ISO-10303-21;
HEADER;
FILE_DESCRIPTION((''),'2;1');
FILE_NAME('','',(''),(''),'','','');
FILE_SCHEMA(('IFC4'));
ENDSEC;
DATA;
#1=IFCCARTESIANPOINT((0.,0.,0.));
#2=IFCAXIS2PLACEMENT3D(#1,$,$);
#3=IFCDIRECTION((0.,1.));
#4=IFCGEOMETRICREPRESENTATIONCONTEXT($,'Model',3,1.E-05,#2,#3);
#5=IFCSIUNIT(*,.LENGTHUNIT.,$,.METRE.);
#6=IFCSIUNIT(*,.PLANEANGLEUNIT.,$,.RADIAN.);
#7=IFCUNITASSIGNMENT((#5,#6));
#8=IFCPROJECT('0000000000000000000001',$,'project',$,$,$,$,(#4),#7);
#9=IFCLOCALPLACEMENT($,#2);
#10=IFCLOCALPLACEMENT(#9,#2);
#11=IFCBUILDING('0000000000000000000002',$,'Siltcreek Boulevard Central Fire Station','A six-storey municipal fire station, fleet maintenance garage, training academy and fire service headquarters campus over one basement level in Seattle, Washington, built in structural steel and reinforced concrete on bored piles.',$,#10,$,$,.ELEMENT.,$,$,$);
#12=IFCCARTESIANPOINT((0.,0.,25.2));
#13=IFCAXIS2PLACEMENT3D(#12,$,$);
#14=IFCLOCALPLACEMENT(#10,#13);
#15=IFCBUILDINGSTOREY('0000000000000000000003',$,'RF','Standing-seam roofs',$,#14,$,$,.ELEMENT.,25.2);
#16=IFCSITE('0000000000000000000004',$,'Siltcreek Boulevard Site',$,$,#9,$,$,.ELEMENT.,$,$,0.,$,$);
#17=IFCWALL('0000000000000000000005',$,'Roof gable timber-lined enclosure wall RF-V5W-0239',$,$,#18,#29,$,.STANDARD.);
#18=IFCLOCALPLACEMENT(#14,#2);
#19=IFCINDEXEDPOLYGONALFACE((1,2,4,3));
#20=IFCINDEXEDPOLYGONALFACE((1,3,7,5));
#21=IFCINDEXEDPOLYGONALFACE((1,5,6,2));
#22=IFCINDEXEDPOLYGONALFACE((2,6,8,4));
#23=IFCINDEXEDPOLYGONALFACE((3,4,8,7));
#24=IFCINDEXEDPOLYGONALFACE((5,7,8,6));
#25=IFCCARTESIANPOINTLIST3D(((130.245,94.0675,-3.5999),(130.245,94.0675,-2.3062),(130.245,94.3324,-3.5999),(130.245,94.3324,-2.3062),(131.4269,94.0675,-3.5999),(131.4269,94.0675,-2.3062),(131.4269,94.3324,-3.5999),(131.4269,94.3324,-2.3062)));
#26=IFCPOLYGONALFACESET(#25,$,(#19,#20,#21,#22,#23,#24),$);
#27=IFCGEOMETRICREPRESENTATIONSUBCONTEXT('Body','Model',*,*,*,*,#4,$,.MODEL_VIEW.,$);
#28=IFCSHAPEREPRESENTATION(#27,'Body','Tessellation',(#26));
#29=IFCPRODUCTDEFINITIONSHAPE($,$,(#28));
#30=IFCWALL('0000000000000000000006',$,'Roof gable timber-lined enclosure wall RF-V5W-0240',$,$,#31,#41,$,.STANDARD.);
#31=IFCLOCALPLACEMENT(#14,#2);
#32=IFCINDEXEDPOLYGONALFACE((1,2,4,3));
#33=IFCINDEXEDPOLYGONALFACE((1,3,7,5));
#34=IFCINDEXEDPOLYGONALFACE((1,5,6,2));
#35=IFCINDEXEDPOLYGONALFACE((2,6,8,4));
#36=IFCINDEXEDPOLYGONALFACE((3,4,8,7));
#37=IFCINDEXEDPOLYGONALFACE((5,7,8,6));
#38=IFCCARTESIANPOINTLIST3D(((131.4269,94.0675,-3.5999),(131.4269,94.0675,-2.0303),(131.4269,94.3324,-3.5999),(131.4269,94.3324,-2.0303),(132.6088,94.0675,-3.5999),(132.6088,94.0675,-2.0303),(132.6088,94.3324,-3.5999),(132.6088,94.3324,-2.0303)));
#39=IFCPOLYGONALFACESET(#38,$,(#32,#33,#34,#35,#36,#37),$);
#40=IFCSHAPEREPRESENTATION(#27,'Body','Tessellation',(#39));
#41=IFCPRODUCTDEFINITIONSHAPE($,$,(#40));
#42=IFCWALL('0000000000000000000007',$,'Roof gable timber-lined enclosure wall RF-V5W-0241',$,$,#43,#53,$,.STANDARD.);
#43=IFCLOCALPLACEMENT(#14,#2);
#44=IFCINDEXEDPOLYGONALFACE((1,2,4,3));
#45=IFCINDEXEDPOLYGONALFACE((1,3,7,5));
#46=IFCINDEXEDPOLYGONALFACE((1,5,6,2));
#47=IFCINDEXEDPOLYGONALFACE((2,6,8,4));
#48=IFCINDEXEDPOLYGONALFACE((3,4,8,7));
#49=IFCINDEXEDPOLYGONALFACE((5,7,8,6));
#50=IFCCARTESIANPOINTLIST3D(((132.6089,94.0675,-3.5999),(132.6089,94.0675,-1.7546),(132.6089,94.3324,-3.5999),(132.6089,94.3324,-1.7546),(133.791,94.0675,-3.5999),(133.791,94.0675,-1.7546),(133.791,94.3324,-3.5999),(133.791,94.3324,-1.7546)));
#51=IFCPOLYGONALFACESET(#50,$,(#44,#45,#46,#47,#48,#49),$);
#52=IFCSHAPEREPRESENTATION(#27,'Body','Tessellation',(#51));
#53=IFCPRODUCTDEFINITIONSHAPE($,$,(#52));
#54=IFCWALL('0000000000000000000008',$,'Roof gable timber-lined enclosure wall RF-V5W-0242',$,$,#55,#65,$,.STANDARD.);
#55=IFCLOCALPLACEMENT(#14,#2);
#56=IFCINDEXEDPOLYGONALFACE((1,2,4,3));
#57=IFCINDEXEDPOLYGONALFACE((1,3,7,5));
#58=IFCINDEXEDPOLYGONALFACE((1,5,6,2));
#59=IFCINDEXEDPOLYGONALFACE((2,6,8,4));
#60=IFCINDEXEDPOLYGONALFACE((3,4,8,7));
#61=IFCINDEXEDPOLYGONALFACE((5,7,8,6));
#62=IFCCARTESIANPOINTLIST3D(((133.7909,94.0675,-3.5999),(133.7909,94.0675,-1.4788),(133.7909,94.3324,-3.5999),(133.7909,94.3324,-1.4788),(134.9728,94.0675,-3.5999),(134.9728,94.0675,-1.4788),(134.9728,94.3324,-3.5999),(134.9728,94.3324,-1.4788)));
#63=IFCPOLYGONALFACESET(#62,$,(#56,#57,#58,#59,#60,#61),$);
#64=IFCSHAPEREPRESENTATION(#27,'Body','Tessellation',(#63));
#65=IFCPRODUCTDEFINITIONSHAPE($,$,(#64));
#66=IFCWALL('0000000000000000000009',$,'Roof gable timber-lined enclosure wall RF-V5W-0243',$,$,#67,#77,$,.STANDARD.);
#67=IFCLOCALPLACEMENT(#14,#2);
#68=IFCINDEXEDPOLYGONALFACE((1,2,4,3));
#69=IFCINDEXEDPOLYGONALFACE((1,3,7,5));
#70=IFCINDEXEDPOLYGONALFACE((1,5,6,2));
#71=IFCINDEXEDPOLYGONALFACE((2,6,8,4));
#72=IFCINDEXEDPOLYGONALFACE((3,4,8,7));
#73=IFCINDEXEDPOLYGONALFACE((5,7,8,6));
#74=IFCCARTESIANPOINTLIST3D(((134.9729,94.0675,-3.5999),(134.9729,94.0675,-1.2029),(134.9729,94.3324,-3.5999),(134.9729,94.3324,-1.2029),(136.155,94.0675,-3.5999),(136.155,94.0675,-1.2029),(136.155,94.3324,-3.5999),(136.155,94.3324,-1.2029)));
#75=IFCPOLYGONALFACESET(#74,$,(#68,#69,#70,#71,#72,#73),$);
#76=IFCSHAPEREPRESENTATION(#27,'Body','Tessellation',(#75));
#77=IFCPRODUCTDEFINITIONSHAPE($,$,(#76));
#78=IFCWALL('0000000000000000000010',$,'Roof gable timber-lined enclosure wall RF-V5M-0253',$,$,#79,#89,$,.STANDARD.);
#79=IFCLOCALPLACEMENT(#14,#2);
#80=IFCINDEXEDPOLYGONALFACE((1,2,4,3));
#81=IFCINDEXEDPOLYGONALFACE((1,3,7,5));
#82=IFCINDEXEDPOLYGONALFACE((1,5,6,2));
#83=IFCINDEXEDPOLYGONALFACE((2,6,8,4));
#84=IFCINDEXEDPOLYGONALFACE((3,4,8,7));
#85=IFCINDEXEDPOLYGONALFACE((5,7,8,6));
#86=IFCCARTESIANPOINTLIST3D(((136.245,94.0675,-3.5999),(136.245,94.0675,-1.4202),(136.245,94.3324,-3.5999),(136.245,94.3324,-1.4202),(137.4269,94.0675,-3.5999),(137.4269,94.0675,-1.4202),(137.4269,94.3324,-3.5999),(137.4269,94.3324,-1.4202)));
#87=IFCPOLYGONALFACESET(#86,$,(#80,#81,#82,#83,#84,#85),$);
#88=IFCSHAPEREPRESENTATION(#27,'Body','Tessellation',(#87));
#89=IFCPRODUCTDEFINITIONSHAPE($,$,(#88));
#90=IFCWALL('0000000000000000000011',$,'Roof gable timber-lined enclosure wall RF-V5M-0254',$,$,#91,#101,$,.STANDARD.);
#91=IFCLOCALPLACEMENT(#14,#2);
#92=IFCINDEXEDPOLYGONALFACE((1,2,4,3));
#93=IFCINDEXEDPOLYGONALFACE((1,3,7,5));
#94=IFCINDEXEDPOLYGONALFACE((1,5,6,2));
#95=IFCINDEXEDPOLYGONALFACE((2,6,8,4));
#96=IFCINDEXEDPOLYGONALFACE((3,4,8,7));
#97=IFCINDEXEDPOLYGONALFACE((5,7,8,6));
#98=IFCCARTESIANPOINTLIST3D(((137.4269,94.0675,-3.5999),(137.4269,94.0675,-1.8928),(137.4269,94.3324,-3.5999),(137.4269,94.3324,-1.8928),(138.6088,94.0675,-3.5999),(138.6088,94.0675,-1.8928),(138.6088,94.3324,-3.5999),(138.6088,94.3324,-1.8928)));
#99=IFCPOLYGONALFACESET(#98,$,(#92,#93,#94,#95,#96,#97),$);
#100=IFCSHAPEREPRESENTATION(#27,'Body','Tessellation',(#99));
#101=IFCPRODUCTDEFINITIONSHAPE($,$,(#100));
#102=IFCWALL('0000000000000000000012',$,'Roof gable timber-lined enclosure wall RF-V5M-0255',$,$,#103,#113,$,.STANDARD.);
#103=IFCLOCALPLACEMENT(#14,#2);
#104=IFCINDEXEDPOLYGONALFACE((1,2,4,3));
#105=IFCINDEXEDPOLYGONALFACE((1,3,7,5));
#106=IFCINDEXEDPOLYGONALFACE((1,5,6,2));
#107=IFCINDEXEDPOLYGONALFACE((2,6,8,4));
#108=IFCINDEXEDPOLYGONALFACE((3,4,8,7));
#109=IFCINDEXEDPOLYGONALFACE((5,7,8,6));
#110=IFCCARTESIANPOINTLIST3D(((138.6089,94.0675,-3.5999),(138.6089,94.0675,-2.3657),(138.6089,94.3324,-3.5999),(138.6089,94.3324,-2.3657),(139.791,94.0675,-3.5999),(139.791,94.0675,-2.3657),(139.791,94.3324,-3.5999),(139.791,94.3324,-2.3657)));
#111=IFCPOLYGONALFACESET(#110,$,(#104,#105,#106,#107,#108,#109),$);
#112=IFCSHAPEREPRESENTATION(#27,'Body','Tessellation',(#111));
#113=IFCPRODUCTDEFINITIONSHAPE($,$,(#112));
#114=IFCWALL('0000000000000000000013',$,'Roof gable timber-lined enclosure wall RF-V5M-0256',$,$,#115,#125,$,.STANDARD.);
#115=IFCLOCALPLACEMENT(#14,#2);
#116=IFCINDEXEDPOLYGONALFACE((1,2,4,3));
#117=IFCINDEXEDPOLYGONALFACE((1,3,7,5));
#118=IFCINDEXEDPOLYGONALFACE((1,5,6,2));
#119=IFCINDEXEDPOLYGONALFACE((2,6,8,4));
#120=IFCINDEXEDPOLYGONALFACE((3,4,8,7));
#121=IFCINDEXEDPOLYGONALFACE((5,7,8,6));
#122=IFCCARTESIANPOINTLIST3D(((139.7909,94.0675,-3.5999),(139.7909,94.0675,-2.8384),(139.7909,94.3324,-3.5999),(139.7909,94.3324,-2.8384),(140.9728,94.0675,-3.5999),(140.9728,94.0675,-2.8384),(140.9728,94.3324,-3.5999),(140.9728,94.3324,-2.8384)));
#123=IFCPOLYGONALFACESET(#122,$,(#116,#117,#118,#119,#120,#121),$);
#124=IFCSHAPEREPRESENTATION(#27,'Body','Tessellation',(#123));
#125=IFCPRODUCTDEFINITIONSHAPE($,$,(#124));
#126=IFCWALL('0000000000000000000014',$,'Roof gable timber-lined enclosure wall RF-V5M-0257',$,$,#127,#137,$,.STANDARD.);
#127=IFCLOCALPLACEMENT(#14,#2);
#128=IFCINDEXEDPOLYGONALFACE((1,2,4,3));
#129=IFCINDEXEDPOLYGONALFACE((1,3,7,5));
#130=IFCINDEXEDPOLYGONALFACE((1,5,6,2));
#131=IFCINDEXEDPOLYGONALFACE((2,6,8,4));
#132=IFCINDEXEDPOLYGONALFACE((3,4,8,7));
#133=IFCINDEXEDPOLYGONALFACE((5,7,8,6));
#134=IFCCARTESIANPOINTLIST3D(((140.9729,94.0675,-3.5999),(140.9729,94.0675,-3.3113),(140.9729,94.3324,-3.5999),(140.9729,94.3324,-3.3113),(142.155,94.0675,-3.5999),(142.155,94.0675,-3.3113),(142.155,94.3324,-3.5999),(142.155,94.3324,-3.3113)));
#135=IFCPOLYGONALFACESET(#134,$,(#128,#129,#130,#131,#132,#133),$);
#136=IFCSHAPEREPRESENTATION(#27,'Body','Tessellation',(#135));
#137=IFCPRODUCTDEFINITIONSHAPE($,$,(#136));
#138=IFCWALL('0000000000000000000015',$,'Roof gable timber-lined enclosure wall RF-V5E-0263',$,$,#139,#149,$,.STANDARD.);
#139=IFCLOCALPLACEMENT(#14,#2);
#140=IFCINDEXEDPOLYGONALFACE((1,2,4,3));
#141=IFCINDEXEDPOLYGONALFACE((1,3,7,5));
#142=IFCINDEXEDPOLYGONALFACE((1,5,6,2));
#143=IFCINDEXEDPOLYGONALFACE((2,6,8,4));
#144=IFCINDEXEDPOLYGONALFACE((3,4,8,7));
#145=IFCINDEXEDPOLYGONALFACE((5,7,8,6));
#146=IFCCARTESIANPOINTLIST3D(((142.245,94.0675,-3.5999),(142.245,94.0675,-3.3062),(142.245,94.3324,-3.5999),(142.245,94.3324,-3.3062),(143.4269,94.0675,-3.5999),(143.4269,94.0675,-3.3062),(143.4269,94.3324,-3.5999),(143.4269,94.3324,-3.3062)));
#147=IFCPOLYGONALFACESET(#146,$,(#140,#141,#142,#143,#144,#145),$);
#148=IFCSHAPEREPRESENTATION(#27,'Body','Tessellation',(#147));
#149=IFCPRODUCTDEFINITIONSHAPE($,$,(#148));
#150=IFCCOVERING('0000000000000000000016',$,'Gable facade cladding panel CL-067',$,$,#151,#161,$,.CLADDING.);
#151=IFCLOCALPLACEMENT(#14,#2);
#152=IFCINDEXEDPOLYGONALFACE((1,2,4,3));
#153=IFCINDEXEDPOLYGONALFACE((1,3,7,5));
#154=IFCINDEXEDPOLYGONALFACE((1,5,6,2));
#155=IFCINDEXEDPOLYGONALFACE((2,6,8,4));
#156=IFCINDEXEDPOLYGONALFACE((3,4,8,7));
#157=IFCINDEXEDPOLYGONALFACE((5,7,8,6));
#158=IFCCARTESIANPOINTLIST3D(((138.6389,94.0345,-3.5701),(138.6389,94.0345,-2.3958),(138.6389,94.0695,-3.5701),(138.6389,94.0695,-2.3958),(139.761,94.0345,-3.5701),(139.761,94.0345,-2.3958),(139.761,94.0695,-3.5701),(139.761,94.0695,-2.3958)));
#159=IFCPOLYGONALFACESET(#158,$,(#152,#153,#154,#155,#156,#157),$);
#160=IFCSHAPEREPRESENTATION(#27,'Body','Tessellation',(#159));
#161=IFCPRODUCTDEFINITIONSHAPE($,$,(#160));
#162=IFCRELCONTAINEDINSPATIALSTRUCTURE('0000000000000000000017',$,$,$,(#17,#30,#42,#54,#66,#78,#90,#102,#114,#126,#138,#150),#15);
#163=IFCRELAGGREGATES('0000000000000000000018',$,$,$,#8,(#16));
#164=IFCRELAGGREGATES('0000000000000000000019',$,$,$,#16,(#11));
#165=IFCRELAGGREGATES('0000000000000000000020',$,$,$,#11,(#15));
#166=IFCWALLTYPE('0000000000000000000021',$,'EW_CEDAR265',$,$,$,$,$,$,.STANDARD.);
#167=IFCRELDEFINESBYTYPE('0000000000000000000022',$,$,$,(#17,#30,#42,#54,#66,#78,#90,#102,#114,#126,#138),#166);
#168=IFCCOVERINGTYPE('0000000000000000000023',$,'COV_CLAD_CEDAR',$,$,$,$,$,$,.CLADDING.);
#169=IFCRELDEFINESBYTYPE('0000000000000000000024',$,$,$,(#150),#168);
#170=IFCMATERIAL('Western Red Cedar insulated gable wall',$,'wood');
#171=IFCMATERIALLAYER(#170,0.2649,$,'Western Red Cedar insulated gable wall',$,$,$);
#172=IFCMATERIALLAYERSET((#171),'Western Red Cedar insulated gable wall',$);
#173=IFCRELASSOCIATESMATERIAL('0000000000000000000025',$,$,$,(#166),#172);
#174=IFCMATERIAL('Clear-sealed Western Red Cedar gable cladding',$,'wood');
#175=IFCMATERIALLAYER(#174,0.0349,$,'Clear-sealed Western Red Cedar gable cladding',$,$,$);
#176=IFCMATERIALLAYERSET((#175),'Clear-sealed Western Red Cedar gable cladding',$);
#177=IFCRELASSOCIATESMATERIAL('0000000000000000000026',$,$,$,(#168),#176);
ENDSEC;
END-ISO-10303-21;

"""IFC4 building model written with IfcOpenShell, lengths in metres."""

from ifc_helpers import new_model, si_unit, direction, frame, frame_2d, origin, origin_2d, place, context, subcontext, project, spatial, rectangle, extrude, material, layer, layer_set, type_object, element, save


model = new_model("IFC4")

# Units and contexts
model_context = context("Model", 3, precision=1e-05, world=origin(), true_north=direction((0.0, 1.0)))
body_context = subcontext(model_context, "Body", "Model", "MODEL_VIEW")
ifc_project = project(units=[si_unit("LENGTHUNIT", "METRE"), si_unit("PLANEANGLEUNIT", "RADIAN")], contexts=[model_context])

# Site, building, storey
site_placement = place(None, origin())
site = spatial("IfcSite", under=ifc_project, at=site_placement, Name="Siltcreek Boulevard Site", CompositionType="ELEMENT", RefElevation=0.0)
building_placement = place(site_placement, origin())
building = spatial("IfcBuilding", under=site, at=building_placement, Name="Siltcreek Boulevard Central Fire Station", Description="A six-storey municipal fire station, fleet maintenance garage, training academy and fire service headquarters campus over one basement level in Seattle, Washington, built in structural steel and reinforced concrete on bored piles.", CompositionType="ELEMENT")
storey_placement = place(building_placement, frame((0.0, 0.0, 25.2)))
storey = spatial("IfcBuildingStorey", under=building, at=storey_placement, Name="RF", Description="Standing-seam roofs", CompositionType="ELEMENT", Elevation=25.2)

# Walls
ifc_material_1 = material(Name="Western Red Cedar insulated gable wall", Category="wood")
ifc_layer_1 = layer(ifc_material_1, 0.2649, Name="Western Red Cedar insulated gable wall")
ifc_layer_set_1 = layer_set([ifc_layer_1], Name="Western Red Cedar insulated gable wall")
wall_type = type_object("IfcWallType", Name="EW_CEDAR265", PredefinedType="STANDARD", material=ifc_layer_set_1)
wall_1_placement = place(storey_placement, frame((130.2451, 94.2, -3.5999), z_axis=(0.0, 0.0, 1.0), x_axis=(1.0, 0.0, 0.0)))
element("IfcWall", 1, at=wall_1_placement, inside=storey, type_object=wall_type, Name="Roof gable timber-lined enclosure wall RF-V5W-0239", PredefinedType="STANDARD", context=body_context, shape_type="SweptSolid", body=[
    extrude(rectangle(XDim=1.1819, YDim=0.2649, at=frame_2d((0.5908, 0.0))), origin(), (0.0, 0.0, 1.0), 1.2937),
])
wall_2_placement = place(storey_placement, frame((131.427, 94.2, -3.5999), z_axis=(0.0, 0.0, 1.0), x_axis=(1.0, 0.0, 0.0)))
element("IfcWall", 2, at=wall_2_placement, inside=storey, type_object=wall_type, Name="Roof gable timber-lined enclosure wall RF-V5W-0240", PredefinedType="STANDARD", context=body_context, shape_type="SweptSolid", body=[
    extrude(rectangle(XDim=1.1819, YDim=0.2649, at=frame_2d((0.5908, 0.0))), origin(), (0.0, 0.0, 1.0), 1.5696),
])
wall_3_placement = place(storey_placement, frame((132.6089, 94.2, -3.5999), z_axis=(0.0, 0.0, 1.0), x_axis=(1.0, 0.0, 0.0)))
element("IfcWall", 3, at=wall_3_placement, inside=storey, type_object=wall_type, Name="Roof gable timber-lined enclosure wall RF-V5W-0241", PredefinedType="STANDARD", context=body_context, shape_type="SweptSolid", body=[
    extrude(rectangle(XDim=1.1821, YDim=0.2649, at=frame_2d((0.5911, 0.0))), origin(), (0.0, 0.0, 1.0), 1.8452),
])
wall_4_placement = place(storey_placement, frame((133.791, 94.2, -3.5999), z_axis=(0.0, 0.0, 1.0), x_axis=(1.0, 0.0, 0.0)))
element("IfcWall", 4, at=wall_4_placement, inside=storey, type_object=wall_type, Name="Roof gable timber-lined enclosure wall RF-V5W-0242", PredefinedType="STANDARD", context=body_context, shape_type="SweptSolid", body=[
    extrude(rectangle(XDim=1.1819, YDim=0.2649, at=frame_2d((0.5908, 0.0))), origin(), (0.0, 0.0, 1.0), 2.1211),
])
wall_5_placement = place(storey_placement, frame((134.9729, 94.2, -3.5999), z_axis=(0.0, 0.0, 1.0), x_axis=(1.0, 0.0, 0.0)))
element("IfcWall", 5, at=wall_5_placement, inside=storey, type_object=wall_type, Name="Roof gable timber-lined enclosure wall RF-V5W-0243", PredefinedType="STANDARD", context=body_context, shape_type="SweptSolid", body=[
    extrude(rectangle(XDim=1.1821, YDim=0.2649, at=frame_2d((0.5911, 0.0))), origin(), (0.0, 0.0, 1.0), 2.397),
])
wall_6_placement = place(storey_placement, frame((136.2451, 94.2, -3.5999), z_axis=(0.0, 0.0, 1.0), x_axis=(1.0, 0.0, 0.0)))
element("IfcWall", 6, at=wall_6_placement, inside=storey, type_object=wall_type, Name="Roof gable timber-lined enclosure wall RF-V5M-0253", PredefinedType="STANDARD", context=body_context, shape_type="SweptSolid", body=[
    extrude(rectangle(XDim=1.1819, YDim=0.2649, at=frame_2d((0.5908, 0.0))), origin(), (0.0, 0.0, 1.0), 2.1797),
])
wall_7_placement = place(storey_placement, frame((137.427, 94.2, -3.5999), z_axis=(0.0, 0.0, 1.0), x_axis=(1.0, 0.0, 0.0)))
element("IfcWall", 7, at=wall_7_placement, inside=storey, type_object=wall_type, Name="Roof gable timber-lined enclosure wall RF-V5M-0254", PredefinedType="STANDARD", context=body_context, shape_type="SweptSolid", body=[
    extrude(rectangle(XDim=1.1819, YDim=0.2649, at=frame_2d((0.5908, 0.0))), origin(), (0.0, 0.0, 1.0), 1.707),
])
wall_8_placement = place(storey_placement, frame((138.6089, 94.2, -3.5999), z_axis=(0.0, 0.0, 1.0), x_axis=(1.0, 0.0, 0.0)))
element("IfcWall", 8, at=wall_8_placement, inside=storey, type_object=wall_type, Name="Roof gable timber-lined enclosure wall RF-V5M-0255", PredefinedType="STANDARD", context=body_context, shape_type="SweptSolid", body=[
    extrude(rectangle(XDim=1.1821, YDim=0.2649, at=frame_2d((0.5911, 0.0))), origin(), (0.0, 0.0, 1.0), 1.2341),
])
wall_9_placement = place(storey_placement, frame((139.791, 94.2, -3.5999), z_axis=(0.0, 0.0, 1.0), x_axis=(1.0, 0.0, 0.0)))
element("IfcWall", 9, at=wall_9_placement, inside=storey, type_object=wall_type, Name="Roof gable timber-lined enclosure wall RF-V5M-0256", PredefinedType="STANDARD", context=body_context, shape_type="SweptSolid", body=[
    extrude(rectangle(XDim=1.1819, YDim=0.2649, at=frame_2d((0.5908, 0.0))), origin(), (0.0, 0.0, 1.0), 0.7615),
])
wall_10_placement = place(storey_placement, frame((140.9729, 94.2, -3.5999), z_axis=(0.0, 0.0, 1.0), x_axis=(1.0, 0.0, 0.0)))
element("IfcWall", 10, at=wall_10_placement, inside=storey, type_object=wall_type, Name="Roof gable timber-lined enclosure wall RF-V5M-0257", PredefinedType="STANDARD", context=body_context, shape_type="SweptSolid", body=[
    extrude(rectangle(XDim=1.1821, YDim=0.2649, at=frame_2d((0.5911, 0.0))), origin(), (0.0, 0.0, 1.0), 0.2886),
])
wall_11_placement = place(storey_placement, frame((142.2451, 94.2, -3.5999), z_axis=(0.0, 0.0, 1.0), x_axis=(1.0, 0.0, 0.0)))
element("IfcWall", 11, at=wall_11_placement, inside=storey, type_object=wall_type, Name="Roof gable timber-lined enclosure wall RF-V5E-0263", PredefinedType="STANDARD", context=body_context, shape_type="SweptSolid", body=[
    extrude(rectangle(XDim=1.1819, YDim=0.2649, at=frame_2d((0.5908, 0.0))), origin(), (0.0, 0.0, 1.0), 0.2937),
])

# Covering
ifc_material_2 = material(Name="Clear-sealed Western Red Cedar gable cladding", Category="wood")
ifc_layer_2 = layer(ifc_material_2, 0.0349, Name="Clear-sealed Western Red Cedar gable cladding")
ifc_layer_set_2 = layer_set([ifc_layer_2], Name="Clear-sealed Western Red Cedar gable cladding")
covering_type = type_object("IfcCoveringType", Name="COV_CLAD_CEDAR", PredefinedType="CLADDING", material=ifc_layer_set_2)
covering_placement = place(storey_placement, frame((139.2, 94.052, -3.5701), z_axis=(0.0, 0.0, 1.0), x_axis=(1.0, 0.0, 0.0)))
element("IfcCovering", 12, at=covering_placement, inside=storey, type_object=covering_type, Name="Gable facade cladding panel CL-067", PredefinedType="CLADDING", context=body_context, shape_type="SweptSolid", body=[
    extrude(rectangle(XDim=1.1221, YDim=0.0349, at=origin_2d()), origin(), (0.0, 0.0, 1.0), 1.1743),
])

save(model, "model.ifc")
